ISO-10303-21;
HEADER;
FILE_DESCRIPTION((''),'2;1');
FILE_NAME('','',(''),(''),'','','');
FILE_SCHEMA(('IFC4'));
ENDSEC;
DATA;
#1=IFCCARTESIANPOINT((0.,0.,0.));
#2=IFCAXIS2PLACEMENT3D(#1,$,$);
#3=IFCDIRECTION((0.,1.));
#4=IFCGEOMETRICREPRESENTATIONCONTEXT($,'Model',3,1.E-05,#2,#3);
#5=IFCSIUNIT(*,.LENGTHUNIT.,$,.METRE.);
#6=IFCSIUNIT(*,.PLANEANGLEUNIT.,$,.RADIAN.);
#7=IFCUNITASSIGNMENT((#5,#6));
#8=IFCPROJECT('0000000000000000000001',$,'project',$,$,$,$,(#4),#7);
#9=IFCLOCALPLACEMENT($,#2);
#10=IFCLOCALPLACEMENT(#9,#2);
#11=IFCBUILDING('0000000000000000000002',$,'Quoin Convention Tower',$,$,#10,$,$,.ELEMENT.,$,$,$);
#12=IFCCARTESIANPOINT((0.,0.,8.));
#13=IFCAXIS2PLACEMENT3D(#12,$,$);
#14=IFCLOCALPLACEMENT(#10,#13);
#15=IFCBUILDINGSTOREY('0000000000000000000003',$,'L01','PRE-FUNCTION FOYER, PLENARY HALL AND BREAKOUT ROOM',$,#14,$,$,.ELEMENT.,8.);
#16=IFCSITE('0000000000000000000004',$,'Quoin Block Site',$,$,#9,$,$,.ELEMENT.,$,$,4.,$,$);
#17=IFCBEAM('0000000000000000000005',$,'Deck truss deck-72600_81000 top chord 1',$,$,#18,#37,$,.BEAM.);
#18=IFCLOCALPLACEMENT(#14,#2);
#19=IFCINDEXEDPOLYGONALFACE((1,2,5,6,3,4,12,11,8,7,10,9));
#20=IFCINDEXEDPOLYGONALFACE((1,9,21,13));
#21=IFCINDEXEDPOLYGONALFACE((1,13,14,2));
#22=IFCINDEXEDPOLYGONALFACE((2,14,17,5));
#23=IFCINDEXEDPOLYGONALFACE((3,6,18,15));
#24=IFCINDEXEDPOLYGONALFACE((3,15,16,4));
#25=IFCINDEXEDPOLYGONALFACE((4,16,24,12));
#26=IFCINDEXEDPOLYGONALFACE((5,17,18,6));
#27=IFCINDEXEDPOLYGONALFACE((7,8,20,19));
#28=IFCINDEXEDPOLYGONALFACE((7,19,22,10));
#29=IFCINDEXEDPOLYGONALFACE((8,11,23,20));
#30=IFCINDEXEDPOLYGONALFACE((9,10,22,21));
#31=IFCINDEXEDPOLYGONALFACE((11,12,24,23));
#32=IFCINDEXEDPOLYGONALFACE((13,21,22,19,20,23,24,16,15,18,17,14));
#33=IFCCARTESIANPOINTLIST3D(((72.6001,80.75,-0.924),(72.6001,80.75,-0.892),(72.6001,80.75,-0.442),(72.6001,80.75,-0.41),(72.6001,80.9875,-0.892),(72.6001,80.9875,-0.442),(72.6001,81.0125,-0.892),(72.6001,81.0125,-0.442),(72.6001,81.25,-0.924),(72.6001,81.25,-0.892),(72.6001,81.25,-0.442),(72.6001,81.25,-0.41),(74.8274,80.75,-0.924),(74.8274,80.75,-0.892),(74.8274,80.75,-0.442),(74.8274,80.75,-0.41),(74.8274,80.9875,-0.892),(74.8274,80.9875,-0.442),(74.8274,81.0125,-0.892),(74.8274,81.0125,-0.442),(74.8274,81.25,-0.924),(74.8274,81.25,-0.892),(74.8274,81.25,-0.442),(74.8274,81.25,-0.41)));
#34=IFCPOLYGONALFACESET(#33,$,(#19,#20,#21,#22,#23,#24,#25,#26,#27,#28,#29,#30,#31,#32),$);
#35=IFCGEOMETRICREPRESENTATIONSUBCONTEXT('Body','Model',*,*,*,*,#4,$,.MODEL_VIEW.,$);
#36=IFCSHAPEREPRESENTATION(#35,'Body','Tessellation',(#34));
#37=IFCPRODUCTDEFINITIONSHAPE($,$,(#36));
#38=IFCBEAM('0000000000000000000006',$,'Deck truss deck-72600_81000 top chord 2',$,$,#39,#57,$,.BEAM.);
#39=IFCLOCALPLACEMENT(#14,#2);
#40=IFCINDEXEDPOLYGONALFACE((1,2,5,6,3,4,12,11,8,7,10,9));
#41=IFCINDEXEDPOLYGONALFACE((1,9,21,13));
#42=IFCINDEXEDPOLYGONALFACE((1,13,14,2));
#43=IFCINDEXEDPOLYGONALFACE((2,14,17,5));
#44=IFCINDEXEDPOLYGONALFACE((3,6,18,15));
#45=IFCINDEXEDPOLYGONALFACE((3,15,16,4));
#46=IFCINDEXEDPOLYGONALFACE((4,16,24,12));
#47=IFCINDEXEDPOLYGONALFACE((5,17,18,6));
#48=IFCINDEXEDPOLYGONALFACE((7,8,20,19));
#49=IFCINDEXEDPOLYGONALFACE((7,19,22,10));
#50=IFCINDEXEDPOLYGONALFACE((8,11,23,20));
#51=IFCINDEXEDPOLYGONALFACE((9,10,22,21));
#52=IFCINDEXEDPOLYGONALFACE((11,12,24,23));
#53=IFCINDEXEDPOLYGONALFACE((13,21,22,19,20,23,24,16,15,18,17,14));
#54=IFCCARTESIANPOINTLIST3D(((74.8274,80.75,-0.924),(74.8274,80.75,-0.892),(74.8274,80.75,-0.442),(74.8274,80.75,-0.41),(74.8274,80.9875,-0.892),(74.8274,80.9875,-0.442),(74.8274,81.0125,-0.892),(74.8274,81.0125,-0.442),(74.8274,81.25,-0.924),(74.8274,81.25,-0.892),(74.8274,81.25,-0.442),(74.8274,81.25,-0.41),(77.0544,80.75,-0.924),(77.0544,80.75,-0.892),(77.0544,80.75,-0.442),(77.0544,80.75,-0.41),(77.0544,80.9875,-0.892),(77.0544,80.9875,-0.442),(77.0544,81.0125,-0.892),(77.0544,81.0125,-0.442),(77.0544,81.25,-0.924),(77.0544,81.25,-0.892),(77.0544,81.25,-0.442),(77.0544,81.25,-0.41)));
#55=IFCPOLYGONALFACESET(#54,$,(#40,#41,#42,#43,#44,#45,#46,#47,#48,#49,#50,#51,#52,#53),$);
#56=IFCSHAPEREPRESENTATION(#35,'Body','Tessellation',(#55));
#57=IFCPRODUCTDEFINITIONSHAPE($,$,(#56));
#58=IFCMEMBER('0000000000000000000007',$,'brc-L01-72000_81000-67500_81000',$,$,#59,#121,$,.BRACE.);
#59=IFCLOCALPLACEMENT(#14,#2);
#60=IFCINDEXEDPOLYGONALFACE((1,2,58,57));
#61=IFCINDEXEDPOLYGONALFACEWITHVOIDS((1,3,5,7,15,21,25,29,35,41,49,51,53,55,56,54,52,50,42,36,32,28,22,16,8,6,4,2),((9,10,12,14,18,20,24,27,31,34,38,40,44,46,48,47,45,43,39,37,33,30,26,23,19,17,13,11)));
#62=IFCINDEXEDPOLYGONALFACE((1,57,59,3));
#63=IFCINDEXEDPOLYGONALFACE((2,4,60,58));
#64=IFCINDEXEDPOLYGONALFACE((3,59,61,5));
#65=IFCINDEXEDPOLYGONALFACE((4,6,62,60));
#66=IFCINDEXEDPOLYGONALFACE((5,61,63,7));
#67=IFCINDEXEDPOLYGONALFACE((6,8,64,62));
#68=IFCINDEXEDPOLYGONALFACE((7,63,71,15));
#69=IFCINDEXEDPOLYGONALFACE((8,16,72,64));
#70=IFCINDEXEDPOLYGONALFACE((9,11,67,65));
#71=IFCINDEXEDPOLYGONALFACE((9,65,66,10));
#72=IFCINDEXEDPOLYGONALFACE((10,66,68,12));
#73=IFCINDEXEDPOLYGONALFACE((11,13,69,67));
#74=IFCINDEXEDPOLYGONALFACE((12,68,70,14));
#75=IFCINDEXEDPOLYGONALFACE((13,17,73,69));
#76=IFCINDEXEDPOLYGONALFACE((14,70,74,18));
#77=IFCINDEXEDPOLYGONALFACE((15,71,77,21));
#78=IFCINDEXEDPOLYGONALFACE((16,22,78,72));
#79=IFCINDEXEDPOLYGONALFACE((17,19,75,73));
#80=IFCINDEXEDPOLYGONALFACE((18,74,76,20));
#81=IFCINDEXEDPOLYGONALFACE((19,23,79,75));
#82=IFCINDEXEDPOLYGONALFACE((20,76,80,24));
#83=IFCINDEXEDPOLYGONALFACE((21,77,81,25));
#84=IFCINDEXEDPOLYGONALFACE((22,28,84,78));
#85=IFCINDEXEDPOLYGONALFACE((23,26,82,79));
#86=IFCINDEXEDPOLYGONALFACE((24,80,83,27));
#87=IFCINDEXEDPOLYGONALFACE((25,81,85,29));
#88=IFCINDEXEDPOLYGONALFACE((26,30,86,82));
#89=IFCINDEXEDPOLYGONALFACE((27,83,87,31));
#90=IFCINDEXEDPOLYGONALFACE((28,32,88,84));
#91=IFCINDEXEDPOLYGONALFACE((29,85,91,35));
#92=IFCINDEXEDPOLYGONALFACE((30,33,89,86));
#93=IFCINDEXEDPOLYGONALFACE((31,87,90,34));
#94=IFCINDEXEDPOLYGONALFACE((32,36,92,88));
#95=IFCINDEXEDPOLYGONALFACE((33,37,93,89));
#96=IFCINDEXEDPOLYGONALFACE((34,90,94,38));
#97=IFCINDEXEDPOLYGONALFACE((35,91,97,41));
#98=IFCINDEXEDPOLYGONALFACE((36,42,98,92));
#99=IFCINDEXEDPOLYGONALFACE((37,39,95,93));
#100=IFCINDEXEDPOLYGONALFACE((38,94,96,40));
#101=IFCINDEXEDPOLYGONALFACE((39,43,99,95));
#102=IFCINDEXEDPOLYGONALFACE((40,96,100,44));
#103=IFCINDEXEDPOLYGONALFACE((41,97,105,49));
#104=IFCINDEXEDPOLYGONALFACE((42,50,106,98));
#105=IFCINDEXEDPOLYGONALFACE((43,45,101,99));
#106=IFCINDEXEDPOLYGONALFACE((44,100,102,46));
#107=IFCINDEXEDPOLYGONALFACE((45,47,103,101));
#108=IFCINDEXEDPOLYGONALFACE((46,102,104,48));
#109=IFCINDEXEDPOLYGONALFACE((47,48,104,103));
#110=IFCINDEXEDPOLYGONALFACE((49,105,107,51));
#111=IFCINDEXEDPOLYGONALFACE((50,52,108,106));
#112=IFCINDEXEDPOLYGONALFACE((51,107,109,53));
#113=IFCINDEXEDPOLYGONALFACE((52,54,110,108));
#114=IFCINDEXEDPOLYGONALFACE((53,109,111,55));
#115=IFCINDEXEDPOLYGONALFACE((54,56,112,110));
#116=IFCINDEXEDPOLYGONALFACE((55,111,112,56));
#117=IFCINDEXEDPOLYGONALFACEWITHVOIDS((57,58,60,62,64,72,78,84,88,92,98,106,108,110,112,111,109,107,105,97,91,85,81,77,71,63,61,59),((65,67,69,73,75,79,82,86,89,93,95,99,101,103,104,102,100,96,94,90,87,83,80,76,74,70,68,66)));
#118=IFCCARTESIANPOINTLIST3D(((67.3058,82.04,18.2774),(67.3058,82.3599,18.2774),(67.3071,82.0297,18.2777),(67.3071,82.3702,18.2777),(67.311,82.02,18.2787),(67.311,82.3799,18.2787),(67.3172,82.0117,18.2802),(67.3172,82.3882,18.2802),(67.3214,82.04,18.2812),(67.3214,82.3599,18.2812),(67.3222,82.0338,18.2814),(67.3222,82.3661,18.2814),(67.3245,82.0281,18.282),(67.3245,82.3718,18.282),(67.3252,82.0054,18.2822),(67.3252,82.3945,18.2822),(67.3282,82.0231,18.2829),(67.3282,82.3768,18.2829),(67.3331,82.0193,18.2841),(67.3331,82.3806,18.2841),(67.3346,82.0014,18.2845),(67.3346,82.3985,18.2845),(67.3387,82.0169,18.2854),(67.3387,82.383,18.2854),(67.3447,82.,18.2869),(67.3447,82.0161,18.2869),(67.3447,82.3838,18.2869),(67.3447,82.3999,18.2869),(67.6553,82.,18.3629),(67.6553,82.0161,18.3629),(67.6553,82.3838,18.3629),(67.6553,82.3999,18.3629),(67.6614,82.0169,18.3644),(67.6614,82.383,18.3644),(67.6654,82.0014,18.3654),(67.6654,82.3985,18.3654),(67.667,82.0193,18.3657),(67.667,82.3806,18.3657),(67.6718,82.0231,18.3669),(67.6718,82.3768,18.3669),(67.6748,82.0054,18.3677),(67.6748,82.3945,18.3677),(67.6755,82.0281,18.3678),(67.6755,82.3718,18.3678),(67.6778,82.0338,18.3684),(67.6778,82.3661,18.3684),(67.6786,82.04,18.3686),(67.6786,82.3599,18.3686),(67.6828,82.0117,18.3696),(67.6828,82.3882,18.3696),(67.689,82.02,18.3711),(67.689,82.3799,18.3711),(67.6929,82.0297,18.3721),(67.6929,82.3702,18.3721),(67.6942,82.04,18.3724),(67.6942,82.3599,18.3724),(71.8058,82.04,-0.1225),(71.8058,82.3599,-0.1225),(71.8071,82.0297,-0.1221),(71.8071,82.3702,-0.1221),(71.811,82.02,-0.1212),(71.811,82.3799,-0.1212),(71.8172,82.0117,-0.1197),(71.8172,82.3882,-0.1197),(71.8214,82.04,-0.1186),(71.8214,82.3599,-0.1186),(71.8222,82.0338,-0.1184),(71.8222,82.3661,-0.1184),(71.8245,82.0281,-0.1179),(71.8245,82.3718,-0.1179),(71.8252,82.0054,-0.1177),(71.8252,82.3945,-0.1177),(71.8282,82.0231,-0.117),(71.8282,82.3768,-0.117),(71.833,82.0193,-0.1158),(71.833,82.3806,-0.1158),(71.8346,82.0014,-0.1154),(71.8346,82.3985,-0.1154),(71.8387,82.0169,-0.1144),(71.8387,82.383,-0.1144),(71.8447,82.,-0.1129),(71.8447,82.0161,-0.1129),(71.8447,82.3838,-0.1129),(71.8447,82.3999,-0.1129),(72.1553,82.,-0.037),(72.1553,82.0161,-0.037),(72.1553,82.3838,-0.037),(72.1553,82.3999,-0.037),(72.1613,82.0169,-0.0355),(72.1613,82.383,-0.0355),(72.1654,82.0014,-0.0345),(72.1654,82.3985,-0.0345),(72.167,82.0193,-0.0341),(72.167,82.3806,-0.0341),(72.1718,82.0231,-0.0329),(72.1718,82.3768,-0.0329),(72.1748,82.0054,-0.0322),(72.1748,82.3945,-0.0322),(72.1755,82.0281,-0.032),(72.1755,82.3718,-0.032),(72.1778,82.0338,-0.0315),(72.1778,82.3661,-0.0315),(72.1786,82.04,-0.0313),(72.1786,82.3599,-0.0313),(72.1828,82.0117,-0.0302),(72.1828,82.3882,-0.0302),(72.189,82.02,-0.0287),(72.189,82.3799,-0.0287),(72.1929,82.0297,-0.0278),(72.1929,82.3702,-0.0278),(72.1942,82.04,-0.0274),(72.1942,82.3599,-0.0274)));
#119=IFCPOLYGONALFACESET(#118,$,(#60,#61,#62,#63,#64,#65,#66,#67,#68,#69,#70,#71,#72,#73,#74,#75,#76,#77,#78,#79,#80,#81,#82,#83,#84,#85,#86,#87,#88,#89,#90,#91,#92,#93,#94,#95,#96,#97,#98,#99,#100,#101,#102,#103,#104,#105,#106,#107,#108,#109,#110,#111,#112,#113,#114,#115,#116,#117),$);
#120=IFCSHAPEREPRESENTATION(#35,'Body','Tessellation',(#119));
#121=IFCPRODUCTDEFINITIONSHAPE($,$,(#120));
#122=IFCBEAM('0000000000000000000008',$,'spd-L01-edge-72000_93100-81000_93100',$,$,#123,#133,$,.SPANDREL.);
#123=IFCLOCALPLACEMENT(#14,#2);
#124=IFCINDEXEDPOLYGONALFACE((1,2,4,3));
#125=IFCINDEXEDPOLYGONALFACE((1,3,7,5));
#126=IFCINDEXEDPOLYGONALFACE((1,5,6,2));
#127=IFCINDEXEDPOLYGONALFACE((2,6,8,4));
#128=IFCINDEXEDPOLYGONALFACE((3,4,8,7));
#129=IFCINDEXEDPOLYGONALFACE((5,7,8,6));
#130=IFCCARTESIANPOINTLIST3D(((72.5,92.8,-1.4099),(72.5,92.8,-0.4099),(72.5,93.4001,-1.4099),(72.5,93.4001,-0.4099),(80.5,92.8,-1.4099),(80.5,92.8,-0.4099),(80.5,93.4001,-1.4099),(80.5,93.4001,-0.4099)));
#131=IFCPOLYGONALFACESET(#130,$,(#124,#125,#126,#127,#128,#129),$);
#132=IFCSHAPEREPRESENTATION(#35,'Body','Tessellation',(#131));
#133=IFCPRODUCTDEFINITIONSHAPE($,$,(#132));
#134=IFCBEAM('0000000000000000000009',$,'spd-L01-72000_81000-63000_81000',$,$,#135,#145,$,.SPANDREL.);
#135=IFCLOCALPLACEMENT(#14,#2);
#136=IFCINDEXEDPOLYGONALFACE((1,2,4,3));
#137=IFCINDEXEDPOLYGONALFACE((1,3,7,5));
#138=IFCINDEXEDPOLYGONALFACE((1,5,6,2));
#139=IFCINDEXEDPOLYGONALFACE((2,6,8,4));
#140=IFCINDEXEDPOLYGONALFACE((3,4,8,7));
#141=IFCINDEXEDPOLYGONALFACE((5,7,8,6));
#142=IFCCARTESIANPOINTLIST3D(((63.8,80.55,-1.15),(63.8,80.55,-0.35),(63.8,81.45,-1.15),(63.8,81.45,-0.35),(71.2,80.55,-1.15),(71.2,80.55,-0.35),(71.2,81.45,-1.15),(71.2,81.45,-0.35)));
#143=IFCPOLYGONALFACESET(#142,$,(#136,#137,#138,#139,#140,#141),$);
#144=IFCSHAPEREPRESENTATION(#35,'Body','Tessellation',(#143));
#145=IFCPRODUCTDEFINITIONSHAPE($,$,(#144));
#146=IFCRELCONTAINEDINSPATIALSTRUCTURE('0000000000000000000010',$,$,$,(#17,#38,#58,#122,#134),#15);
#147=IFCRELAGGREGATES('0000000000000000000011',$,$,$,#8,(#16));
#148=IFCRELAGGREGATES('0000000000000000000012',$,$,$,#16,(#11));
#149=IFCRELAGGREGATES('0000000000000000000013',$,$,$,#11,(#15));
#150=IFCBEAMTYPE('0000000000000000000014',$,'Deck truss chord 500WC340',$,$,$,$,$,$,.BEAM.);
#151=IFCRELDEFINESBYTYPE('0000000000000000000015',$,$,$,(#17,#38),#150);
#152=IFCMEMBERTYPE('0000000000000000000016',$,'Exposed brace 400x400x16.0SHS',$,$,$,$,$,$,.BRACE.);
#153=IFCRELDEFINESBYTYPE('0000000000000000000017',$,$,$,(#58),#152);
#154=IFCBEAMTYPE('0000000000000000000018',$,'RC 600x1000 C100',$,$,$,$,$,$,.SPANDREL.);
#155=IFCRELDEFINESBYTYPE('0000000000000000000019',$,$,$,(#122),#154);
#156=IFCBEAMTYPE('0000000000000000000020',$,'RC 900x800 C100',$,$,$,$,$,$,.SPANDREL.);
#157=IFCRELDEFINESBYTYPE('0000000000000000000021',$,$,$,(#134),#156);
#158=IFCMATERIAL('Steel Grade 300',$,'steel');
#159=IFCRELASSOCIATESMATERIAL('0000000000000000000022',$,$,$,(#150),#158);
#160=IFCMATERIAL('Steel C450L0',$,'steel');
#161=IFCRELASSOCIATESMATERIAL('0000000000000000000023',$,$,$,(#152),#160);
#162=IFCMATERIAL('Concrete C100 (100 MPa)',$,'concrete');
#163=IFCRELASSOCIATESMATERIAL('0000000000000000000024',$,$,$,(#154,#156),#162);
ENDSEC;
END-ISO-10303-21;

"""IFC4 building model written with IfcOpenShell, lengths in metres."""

from ifc_helpers import new_model, si_unit, direction, frame, origin, origin_2d, place, context, subcontext, project, spatial, rectangle, hollow_rectangle, i_section, extrude, material, material_profile, profile_set, type_object, element, save


model = new_model("IFC4")

# Units and contexts
model_context = context("Model", 3, precision=1e-05, world=origin(), true_north=direction((0.0, 1.0)))
body_context = subcontext(model_context, "Body", "Model", "MODEL_VIEW")
ifc_project = project(units=[si_unit("LENGTHUNIT", "METRE"), si_unit("PLANEANGLEUNIT", "RADIAN")], contexts=[model_context])

# Site, building, storey
site_placement = place(None, origin())
site = spatial("IfcSite", under=ifc_project, at=site_placement, Name="Quoin Block Site", CompositionType="ELEMENT", RefElevation=4.0)
building_placement = place(site_placement, origin())
building = spatial("IfcBuilding", under=site, at=building_placement, Name="Quoin Convention Tower", CompositionType="ELEMENT")
storey_placement = place(building_placement, frame((0.0, 0.0, 8.0)))
storey = spatial("IfcBuildingStorey", under=building, at=storey_placement, Name="L01", Description="PRE-FUNCTION FOYER, PLENARY HALL AND BREAKOUT ROOM", CompositionType="ELEMENT", Elevation=8.0)

# Shared definitions
ifc_material_1 = material(Name="Concrete C100 (100 MPa)", Category="concrete")

# Shared definitions
ifc_material_2 = material(Name="Steel Grade 300", Category="steel")
ifc_material_3 = material(Name="Steel C450L0", Category="steel")

# Beams
ifc_material_profile_1 = material_profile(ifc_material_2, i_section(OverallWidth=0.5, OverallDepth=0.5139, WebThickness=0.0249, FlangeThickness=0.032, at=origin_2d()), Name="500WC340")
ifc_profile_set_1 = profile_set([ifc_material_profile_1], Name="Steel Grade 300")
beam_type_1 = type_object("IfcBeamType", Name="Deck truss chord 500WC340", PredefinedType="BEAM", material=ifc_profile_set_1)
beam_1_placement = place(storey_placement, frame((72.6001, 81.0, -0.667), z_axis=(1.0, 0.0, 0.0), x_axis=(0.0, 1.0, 0.0)))
element("IfcBeam", 1, at=beam_1_placement, inside=storey, type_object=beam_type_1, Name="Deck truss deck-72600_81000 top chord 1", PredefinedType="BEAM", context=body_context, shape_type="SweptSolid", body=[
    extrude(i_section(OverallWidth=0.5, OverallDepth=0.5139, WebThickness=0.0249, FlangeThickness=0.032, at=origin_2d()), origin(), (0.0, 0.0, 1.0), 2.2273),
])
beam_2_placement = place(storey_placement, frame((74.8274, 81.0, -0.667), z_axis=(1.0, 0.0, 0.0), x_axis=(0.0, 1.0, 0.0)))
element("IfcBeam", 2, at=beam_2_placement, inside=storey, type_object=beam_type_1, Name="Deck truss deck-72600_81000 top chord 2", PredefinedType="BEAM", context=body_context, shape_type="SweptSolid", body=[
    extrude(i_section(OverallWidth=0.5, OverallDepth=0.5139, WebThickness=0.0249, FlangeThickness=0.032, at=origin_2d()), origin(), (0.0, 0.0, 1.0), 2.2271),
])

# Member
ifc_material_profile_2 = material_profile(ifc_material_3, hollow_rectangle(XDim=0.3999, YDim=0.3999, WallThickness=0.0161, InnerFilletRadius=0.0239, OuterFilletRadius=0.04, at=origin_2d()), Name="400x400x16.0SHS")
ifc_profile_set_2 = profile_set([ifc_material_profile_2], Name="Steel C450L0")
member_type_1 = type_object("IfcMemberType", Name="Exposed brace 400x400x16.0SHS", PredefinedType="BRACE", material=ifc_profile_set_2)
member_1_placement = place(storey_placement, frame((72.0, 82.2, -0.075), z_axis=(-0.237565, 0.0, 0.971372), x_axis=(0.0, -1.0, 0.0)))
element("IfcMember", 3, at=member_1_placement, inside=storey, type_object=member_type_1, Name="brc-L01-72000_81000-67500_81000", PredefinedType="BRACE", context=body_context, shape_type="SweptSolid", body=[
    extrude(hollow_rectangle(XDim=0.3999, YDim=0.3999, WallThickness=0.0161, InnerFilletRadius=0.0239, OuterFilletRadius=0.04, at=origin_2d()), origin(), (0.0, 0.0, 1.0), 18.9421),
])

# Beams
ifc_material_profile_3 = material_profile(ifc_material_1, rectangle(XDim=0.6001, YDim=1.0, at=origin_2d()), Name="RC 600x1000")
ifc_profile_set_3 = profile_set([ifc_material_profile_3], Name="Concrete C100 (100 MPa)")
beam_type_2 = type_object("IfcBeamType", Name="RC 600x1000 C100", PredefinedType="SPANDREL", material=ifc_profile_set_3)
beam_3_placement = place(storey_placement, frame((72.5, 93.1001, -0.9099), z_axis=(1.0, 0.0, 0.0), x_axis=(0.0, 1.0, 0.0)))
element("IfcBeam", 4, at=beam_3_placement, inside=storey, type_object=beam_type_2, Name="spd-L01-edge-72000_93100-81000_93100", PredefinedType="SPANDREL", context=body_context, shape_type="SweptSolid", body=[
    extrude(rectangle(XDim=0.6001, YDim=1.0, at=origin_2d()), origin(), (0.0, 0.0, 1.0), 8.0),
])
ifc_material_profile_4 = material_profile(ifc_material_1, rectangle(XDim=0.8999, YDim=0.8, at=origin_2d()), Name="RC 900x800")
ifc_profile_set_4 = profile_set([ifc_material_profile_4], Name="Concrete C100 (100 MPa)")
beam_type_3 = type_object("IfcBeamType", Name="RC 900x800 C100", PredefinedType="SPANDREL", material=ifc_profile_set_4)
beam_4_placement = place(storey_placement, frame((71.2, 81.0, -0.75), z_axis=(-1.0, 0.0, 0.0), x_axis=(0.0, -1.0, 0.0)))
element("IfcBeam", 5, at=beam_4_placement, inside=storey, type_object=beam_type_3, Name="spd-L01-72000_81000-63000_81000", PredefinedType="SPANDREL", context=body_context, shape_type="SweptSolid", body=[
    extrude(rectangle(XDim=0.8999, YDim=0.8, at=origin_2d()), origin(), (0.0, 0.0, 1.0), 7.3999),
])

save(model, "model.ifc")
